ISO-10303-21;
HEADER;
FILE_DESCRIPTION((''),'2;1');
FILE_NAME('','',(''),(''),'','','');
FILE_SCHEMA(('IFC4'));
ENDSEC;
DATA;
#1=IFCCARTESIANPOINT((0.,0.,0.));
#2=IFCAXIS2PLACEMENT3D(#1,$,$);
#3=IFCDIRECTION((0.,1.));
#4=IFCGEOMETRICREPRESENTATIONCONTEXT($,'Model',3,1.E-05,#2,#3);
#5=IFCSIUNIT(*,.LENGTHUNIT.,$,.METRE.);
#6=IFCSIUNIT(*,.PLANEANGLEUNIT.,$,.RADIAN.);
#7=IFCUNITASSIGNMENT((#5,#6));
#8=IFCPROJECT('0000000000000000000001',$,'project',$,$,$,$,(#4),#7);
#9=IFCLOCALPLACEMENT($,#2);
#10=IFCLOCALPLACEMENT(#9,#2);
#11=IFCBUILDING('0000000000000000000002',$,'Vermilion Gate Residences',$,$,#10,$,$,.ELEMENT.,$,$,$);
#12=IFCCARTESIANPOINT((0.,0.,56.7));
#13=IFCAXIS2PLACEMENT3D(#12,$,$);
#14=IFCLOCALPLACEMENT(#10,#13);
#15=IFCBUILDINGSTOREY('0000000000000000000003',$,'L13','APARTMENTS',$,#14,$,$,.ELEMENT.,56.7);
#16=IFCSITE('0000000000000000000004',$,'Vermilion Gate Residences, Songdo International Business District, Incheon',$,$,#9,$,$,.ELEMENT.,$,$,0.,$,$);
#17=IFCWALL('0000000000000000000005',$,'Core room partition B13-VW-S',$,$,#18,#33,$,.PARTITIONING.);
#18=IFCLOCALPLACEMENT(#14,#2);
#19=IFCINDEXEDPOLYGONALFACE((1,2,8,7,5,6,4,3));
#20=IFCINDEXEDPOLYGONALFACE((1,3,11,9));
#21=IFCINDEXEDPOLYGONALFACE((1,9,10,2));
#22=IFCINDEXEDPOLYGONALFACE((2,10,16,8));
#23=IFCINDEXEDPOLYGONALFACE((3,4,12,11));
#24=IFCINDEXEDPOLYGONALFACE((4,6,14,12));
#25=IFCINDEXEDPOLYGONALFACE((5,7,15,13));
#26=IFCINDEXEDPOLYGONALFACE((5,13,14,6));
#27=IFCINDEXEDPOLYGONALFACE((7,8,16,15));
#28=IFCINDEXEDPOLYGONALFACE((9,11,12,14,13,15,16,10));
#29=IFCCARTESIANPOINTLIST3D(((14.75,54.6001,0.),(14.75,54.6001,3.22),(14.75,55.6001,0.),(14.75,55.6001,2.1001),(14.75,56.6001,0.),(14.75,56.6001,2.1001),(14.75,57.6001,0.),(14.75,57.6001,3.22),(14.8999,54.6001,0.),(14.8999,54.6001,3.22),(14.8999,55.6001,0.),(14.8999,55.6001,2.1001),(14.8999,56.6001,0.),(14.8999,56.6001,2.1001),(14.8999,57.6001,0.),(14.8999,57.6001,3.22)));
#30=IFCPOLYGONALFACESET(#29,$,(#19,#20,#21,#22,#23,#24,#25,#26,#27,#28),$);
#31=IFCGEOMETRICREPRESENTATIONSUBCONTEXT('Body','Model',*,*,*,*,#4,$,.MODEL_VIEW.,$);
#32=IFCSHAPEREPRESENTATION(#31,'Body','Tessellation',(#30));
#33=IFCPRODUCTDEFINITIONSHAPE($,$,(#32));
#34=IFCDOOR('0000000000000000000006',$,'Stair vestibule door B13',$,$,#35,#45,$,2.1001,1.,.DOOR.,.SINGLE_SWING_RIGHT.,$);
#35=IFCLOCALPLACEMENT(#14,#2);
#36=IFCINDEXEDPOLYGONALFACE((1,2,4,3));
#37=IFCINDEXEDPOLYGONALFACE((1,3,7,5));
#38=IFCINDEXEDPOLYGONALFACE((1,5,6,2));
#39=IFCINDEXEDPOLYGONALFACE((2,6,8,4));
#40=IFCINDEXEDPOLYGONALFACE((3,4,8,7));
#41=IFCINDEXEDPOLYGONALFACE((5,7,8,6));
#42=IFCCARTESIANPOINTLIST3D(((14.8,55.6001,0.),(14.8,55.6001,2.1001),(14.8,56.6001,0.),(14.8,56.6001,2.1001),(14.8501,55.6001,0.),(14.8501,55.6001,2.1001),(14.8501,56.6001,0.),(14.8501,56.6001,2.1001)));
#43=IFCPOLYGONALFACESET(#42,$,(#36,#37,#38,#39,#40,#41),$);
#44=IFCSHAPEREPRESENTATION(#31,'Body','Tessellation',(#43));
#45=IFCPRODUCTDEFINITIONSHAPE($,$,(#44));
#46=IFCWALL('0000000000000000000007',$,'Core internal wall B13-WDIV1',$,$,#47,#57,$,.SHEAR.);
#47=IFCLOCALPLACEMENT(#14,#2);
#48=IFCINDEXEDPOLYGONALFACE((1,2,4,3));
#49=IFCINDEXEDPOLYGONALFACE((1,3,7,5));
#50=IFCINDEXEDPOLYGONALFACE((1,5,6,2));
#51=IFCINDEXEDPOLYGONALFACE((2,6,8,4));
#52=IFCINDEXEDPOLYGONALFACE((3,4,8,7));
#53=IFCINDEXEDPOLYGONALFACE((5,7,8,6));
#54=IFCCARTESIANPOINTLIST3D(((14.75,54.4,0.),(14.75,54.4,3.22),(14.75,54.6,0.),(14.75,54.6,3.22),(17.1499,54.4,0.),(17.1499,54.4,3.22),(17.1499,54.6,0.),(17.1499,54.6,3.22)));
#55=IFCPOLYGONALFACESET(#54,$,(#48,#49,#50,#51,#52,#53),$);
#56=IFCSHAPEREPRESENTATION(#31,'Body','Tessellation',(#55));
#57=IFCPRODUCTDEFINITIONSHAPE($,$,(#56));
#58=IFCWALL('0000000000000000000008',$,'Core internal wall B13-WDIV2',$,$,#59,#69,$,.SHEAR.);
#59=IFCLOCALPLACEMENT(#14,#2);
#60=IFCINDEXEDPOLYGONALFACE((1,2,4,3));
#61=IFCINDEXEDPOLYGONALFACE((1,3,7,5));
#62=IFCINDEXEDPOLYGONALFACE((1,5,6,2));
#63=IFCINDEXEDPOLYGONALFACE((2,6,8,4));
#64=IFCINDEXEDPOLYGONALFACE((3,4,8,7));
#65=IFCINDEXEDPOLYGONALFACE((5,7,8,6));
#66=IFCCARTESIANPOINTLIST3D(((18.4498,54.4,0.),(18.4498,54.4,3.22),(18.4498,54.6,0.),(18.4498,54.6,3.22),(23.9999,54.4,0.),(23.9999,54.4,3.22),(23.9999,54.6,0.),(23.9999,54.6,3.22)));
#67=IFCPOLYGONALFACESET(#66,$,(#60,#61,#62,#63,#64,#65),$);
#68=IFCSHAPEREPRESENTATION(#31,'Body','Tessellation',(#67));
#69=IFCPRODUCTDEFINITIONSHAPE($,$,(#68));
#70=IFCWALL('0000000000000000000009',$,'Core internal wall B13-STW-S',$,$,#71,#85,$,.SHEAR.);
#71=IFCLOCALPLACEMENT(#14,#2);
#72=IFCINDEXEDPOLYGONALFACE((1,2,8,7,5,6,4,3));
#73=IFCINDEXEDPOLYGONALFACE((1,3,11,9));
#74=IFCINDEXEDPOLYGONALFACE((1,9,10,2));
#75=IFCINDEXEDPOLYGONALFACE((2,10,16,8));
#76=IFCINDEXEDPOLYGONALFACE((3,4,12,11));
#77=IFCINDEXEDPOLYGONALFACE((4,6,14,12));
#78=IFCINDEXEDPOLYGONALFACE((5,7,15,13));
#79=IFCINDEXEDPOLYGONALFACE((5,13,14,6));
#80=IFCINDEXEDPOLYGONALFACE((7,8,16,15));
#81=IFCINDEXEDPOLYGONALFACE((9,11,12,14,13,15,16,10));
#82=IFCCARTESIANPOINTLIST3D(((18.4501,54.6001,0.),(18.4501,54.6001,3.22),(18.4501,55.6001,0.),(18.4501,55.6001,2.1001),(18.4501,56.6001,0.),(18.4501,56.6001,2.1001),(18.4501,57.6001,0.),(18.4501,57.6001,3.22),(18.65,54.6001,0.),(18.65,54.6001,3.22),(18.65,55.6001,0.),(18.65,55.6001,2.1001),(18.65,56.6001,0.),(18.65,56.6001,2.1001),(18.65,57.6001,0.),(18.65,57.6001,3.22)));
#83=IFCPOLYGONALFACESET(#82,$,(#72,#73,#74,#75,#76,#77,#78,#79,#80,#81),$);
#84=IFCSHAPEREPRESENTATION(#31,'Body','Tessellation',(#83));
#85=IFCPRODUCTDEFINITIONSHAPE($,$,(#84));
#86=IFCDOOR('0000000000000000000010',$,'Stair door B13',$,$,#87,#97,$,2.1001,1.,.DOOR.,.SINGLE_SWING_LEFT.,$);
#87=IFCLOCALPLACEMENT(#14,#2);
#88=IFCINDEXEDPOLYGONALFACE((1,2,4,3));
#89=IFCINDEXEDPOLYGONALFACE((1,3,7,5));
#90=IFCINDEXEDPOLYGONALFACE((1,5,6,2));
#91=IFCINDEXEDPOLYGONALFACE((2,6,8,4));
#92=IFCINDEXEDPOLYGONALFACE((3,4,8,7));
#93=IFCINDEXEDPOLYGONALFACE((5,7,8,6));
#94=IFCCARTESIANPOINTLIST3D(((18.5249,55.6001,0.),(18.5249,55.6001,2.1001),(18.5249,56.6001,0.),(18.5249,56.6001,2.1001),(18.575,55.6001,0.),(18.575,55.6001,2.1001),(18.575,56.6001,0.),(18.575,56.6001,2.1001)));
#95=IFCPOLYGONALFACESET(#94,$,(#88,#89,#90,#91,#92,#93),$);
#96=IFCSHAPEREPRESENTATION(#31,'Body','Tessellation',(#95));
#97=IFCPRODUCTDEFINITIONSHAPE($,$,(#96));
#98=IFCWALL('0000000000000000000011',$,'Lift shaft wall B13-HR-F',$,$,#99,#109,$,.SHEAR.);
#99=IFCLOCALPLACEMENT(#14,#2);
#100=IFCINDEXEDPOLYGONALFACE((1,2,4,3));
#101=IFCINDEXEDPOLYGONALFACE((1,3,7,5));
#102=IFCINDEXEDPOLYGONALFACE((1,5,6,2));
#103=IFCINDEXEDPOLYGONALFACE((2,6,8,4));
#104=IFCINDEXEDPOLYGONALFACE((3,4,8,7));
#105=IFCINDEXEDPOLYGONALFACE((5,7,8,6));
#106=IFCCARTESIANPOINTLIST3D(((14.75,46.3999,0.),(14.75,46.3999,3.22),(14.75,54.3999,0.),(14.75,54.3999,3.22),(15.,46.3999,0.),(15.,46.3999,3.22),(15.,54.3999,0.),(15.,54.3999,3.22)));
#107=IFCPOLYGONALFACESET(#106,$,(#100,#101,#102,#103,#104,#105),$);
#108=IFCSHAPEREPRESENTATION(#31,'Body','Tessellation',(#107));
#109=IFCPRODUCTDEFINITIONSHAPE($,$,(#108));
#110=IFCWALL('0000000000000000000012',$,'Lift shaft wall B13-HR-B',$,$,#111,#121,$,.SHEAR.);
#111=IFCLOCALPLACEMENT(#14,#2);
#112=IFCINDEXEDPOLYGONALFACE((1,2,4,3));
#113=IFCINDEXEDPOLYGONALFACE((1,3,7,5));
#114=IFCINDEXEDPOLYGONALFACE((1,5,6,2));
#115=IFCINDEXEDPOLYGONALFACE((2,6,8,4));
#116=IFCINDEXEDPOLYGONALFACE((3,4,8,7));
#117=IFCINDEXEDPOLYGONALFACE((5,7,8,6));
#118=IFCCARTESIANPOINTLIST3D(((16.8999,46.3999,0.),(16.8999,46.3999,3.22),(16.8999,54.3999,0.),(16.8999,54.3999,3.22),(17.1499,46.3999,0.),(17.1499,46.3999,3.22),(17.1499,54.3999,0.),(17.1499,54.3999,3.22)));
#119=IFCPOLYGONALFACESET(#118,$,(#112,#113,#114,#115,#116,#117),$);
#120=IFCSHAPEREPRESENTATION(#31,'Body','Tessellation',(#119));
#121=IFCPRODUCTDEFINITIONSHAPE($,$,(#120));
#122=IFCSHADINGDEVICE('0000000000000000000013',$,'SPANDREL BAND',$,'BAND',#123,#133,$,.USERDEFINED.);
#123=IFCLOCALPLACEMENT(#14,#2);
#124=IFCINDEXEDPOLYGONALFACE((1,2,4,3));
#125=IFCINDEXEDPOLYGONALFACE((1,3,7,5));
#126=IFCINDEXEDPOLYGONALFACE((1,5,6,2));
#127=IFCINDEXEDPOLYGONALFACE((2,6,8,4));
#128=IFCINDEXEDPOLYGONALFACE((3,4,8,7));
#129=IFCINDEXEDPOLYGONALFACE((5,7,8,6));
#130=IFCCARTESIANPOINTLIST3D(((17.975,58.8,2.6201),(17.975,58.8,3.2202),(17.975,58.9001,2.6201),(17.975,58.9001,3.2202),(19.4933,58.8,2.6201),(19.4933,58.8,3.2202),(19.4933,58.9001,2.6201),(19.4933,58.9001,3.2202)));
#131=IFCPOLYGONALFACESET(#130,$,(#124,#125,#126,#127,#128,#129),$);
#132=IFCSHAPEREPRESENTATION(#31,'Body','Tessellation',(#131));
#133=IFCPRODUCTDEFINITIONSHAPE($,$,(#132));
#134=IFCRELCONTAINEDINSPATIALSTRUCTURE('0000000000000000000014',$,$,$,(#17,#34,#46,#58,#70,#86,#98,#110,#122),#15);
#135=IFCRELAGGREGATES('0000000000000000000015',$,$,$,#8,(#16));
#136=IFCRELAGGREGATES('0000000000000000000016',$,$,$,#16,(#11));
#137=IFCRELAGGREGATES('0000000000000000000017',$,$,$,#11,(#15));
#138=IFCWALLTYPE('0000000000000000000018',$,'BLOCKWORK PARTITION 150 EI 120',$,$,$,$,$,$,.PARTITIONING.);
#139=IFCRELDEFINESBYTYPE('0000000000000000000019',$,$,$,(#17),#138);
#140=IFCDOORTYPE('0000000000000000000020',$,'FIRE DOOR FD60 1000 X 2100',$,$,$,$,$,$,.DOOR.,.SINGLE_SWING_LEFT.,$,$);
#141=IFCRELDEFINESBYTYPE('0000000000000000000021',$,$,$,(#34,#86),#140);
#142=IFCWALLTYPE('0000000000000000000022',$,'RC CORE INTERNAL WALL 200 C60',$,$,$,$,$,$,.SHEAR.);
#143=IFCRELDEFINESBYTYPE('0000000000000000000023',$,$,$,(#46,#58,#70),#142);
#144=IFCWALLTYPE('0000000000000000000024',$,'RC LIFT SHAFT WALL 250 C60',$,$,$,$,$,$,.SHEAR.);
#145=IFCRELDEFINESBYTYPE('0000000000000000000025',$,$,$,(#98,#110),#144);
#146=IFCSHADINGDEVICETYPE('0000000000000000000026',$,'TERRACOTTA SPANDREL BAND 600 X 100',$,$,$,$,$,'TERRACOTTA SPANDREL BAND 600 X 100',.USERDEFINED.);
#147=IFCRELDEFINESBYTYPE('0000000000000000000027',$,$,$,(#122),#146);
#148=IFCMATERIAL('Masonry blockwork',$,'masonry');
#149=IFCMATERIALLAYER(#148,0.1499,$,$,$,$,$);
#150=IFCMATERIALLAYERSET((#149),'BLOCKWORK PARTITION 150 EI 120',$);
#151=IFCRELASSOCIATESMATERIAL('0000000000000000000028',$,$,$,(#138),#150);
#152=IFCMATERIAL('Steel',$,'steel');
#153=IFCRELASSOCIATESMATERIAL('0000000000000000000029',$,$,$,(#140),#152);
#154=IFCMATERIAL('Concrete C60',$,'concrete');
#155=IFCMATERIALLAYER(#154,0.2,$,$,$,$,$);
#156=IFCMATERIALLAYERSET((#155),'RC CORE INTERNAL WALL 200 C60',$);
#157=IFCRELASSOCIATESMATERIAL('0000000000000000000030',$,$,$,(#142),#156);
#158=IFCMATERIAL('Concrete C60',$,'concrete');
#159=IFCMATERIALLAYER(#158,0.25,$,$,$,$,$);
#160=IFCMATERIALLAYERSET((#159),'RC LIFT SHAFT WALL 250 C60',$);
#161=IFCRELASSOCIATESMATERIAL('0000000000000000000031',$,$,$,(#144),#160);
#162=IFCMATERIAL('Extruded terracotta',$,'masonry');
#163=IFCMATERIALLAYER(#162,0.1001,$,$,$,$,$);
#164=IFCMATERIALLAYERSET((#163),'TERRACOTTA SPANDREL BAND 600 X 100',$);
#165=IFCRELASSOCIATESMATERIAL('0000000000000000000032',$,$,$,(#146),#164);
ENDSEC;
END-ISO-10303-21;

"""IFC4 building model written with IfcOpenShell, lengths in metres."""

from ifc_helpers import new_model, si_unit, direction, frame, frame_2d, origin, origin_2d, place, context, subcontext, project, spatial, rectangle, extrude, material, layer, layer_set, type_object, element, fill, save


model = new_model("IFC4")

# Units and contexts
model_context = context("Model", 3, precision=1e-05, world=origin(), true_north=direction((0.0, 1.0)))
body_context = subcontext(model_context, "Body", "Model", "MODEL_VIEW")
ifc_project = project(units=[si_unit("LENGTHUNIT", "METRE"), si_unit("PLANEANGLEUNIT", "RADIAN")], contexts=[model_context])

# Site, building, storey
site_placement = place(None, origin())
site = spatial("IfcSite", under=ifc_project, at=site_placement, Name="Vermilion Gate Residences, Songdo International Business District, Incheon", CompositionType="ELEMENT", RefElevation=0.0)
building_placement = place(site_placement, origin())
building = spatial("IfcBuilding", under=site, at=building_placement, Name="Vermilion Gate Residences", CompositionType="ELEMENT")
storey_placement = place(building_placement, frame((0.0, 0.0, 56.7)))
storey = spatial("IfcBuildingStorey", under=building, at=storey_placement, Name="L13", Description="APARTMENTS", CompositionType="ELEMENT", Elevation=56.7)

# Wall, opening, door
ifc_material_1 = material(Name="Masonry blockwork", Category="masonry")
ifc_layer_1 = layer(ifc_material_1, 0.1499)
ifc_layer_set_1 = layer_set([ifc_layer_1], Name="BLOCKWORK PARTITION 150 EI 120")
wall_type_1 = type_object("IfcWallType", Name="BLOCKWORK PARTITION 150 EI 120", PredefinedType="PARTITIONING", material=ifc_layer_set_1)
wall_1_placement = place(storey_placement, frame((14.825, 57.6001, 0.0), z_axis=(0.0, 0.0, 1.0), x_axis=(0.0, -1.0, 0.0)))
wall_1 = element("IfcWall", 1, at=wall_1_placement, inside=storey, type_object=wall_type_1, Name="Core room partition B13-VW-S", PredefinedType="PARTITIONING", context=body_context, shape_type="SweptSolid", body=[
    extrude(rectangle(XDim=3.0, YDim=0.1499, at=frame_2d((1.5, 0.0))), origin(), (0.0, 0.0, 1.0), 3.22),
])
opening_1_placement = place(wall_1_placement, frame((1.0, 0.0, 0.0)))
opening_1 = element("IfcOpeningElement", 2, at=opening_1_placement, cuts=wall_1, PredefinedType="OPENING", context=body_context, shape_type="SweptSolid", body=[
    extrude(rectangle(XDim=1.0, YDim=2.1001, at=frame_2d((0.5, 1.05))), frame((0.0, 0.085, 0.0), z_axis=(0.0, -1.0, 0.0), x_axis=(1.0, 0.0, 0.0)), (0.0, 0.0, 1.0), 0.1699),
])
ifc_material_2 = material(Name="Steel", Category="steel")
door_type = type_object("IfcDoorType", Name="FIRE DOOR FD60 1000 X 2100", OperationType="SINGLE_SWING_LEFT", PredefinedType="DOOR", material=ifc_material_2)
door_1_placement = place(opening_1_placement, frame((1.0, 0.0, 0.0), z_axis=(0.0, 0.0, 1.0), x_axis=(-1.0, 0.0, 0.0)))
door_1 = element("IfcDoor", 3, at=door_1_placement, inside=storey, type_object=door_type, Name="Stair vestibule door B13", OperationType="SINGLE_SWING_RIGHT", OverallHeight=2.1001, OverallWidth=1.0, PredefinedType="DOOR", context=body_context, shape_type="SweptSolid", body=[
    extrude(rectangle(XDim=1.0, YDim=2.1001, at=frame_2d((0.5, 1.05))), frame((0.0, 0.0249, 0.0), z_axis=(0.0, -1.0, 0.0), x_axis=(1.0, 0.0, 0.0)), (0.0, 0.0, 1.0), 0.05),
])
fill(opening_1, door_1)

# Walls
ifc_material_3 = material(Name="Concrete C60", Category="concrete")
ifc_layer_2 = layer(ifc_material_3, 0.2)
ifc_layer_set_2 = layer_set([ifc_layer_2], Name="RC CORE INTERNAL WALL 200 C60")
wall_type_2 = type_object("IfcWallType", Name="RC CORE INTERNAL WALL 200 C60", PredefinedType="SHEAR", material=ifc_layer_set_2)
wall_2_placement = place(storey_placement, frame((14.75, 54.5, 0.0), z_axis=(0.0, 0.0, 1.0), x_axis=(1.0, 0.0, 0.0)))
element("IfcWall", 4, at=wall_2_placement, inside=storey, type_object=wall_type_2, Name="Core internal wall B13-WDIV1", PredefinedType="SHEAR", context=body_context, shape_type="SweptSolid", body=[
    extrude(rectangle(XDim=2.3999, YDim=0.2, at=frame_2d((1.2, 0.0))), origin(), (0.0, 0.0, 1.0), 3.22),
])
wall_3_placement = place(storey_placement, frame((18.45, 54.5, 0.0), z_axis=(0.0, 0.0, 1.0), x_axis=(1.0, 0.0, 0.0)))
element("IfcWall", 5, at=wall_3_placement, inside=storey, type_object=wall_type_2, Name="Core internal wall B13-WDIV2", PredefinedType="SHEAR", context=body_context, shape_type="SweptSolid", body=[
    extrude(rectangle(XDim=5.55, YDim=0.2, at=frame_2d((2.7749, 0.0))), origin(), (0.0, 0.0, 1.0), 3.22),
])

# Wall, opening, door
wall_4_placement = place(storey_placement, frame((18.55, 57.6001, 0.0), z_axis=(0.0, 0.0, 1.0), x_axis=(0.0, -1.0, 0.0)))
wall_4 = element("IfcWall", 6, at=wall_4_placement, inside=storey, type_object=wall_type_2, Name="Core internal wall B13-STW-S", PredefinedType="SHEAR", context=body_context, shape_type="SweptSolid", body=[
    extrude(rectangle(XDim=3.0, YDim=0.2, at=frame_2d((1.5, 0.0))), origin(), (0.0, 0.0, 1.0), 3.22),
])
opening_2_placement = place(wall_4_placement, frame((1.0, 0.0, 0.0)))
opening_2 = element("IfcOpeningElement", 7, at=opening_2_placement, cuts=wall_4, PredefinedType="OPENING", context=body_context, shape_type="SweptSolid", body=[
    extrude(rectangle(XDim=1.0, YDim=2.1001, at=frame_2d((0.5, 1.05))), frame((0.0, 0.1099, 0.0), z_axis=(0.0, -1.0, 0.0), x_axis=(1.0, 0.0, 0.0)), (0.0, 0.0, 1.0), 0.22),
])
door_2_placement = place(opening_2_placement, origin())
door_2 = element("IfcDoor", 8, at=door_2_placement, inside=storey, type_object=door_type, Name="Stair door B13", OperationType="SINGLE_SWING_LEFT", OverallHeight=2.1001, OverallWidth=1.0, PredefinedType="DOOR", context=body_context, shape_type="SweptSolid", body=[
    extrude(rectangle(XDim=1.0, YDim=2.1001, at=frame_2d((0.5, 1.05))), frame((0.0, 0.0249, 0.0), z_axis=(0.0, -1.0, 0.0), x_axis=(1.0, 0.0, 0.0)), (0.0, 0.0, 1.0), 0.05),
])
fill(opening_2, door_2)

# Walls
ifc_material_4 = material(Name="Concrete C60", Category="concrete")
ifc_layer_3 = layer(ifc_material_4, 0.25)
ifc_layer_set_3 = layer_set([ifc_layer_3], Name="RC LIFT SHAFT WALL 250 C60")
wall_type_3 = type_object("IfcWallType", Name="RC LIFT SHAFT WALL 250 C60", PredefinedType="SHEAR", material=ifc_layer_set_3)
for number, where, z_axis, x_axis, name in (
    (9, (14.875, 54.3999, 0.0), (0.0, 0.0, 1.0), (0.0, -1.0, 0.0), "Lift shaft wall B13-HR-F"),
    (10, (17.0249, 54.3999, 0.0), (0.0, 0.0, 1.0), (0.0, -1.0, 0.0), "Lift shaft wall B13-HR-B"),
):
    element("IfcWall", number, at=place(storey_placement, frame(where, z_axis=z_axis, x_axis=x_axis)), inside=storey, type_object=wall_type_3, Name=name, PredefinedType="SHEAR", context=body_context, shape_type="SweptSolid", body=[
        extrude(rectangle(XDim=8.0, YDim=0.25, at=frame_2d((4.0, 0.0))), origin(), (0.0, 0.0, 1.0), 3.22),
    ])

# Shading device
ifc_material_5 = material(Name="Extruded terracotta", Category="masonry")
ifc_layer_4 = layer(ifc_material_5, 0.1001)
ifc_layer_set_4 = layer_set([ifc_layer_4], Name="TERRACOTTA SPANDREL BAND 600 X 100")
shading_device_type = type_object("IfcShadingDeviceType", Name="TERRACOTTA SPANDREL BAND 600 X 100", ElementType="TERRACOTTA SPANDREL BAND 600 X 100", PredefinedType="USERDEFINED", material=ifc_layer_set_4)
shading_device_placement = place(storey_placement, frame((18.7341, 58.8501, 2.6201), z_axis=(0.0, 0.0, 1.0), x_axis=(1.0, 0.0, 0.0)))
element("IfcShadingDevice", 11, at=shading_device_placement, inside=storey, type_object=shading_device_type, Name="SPANDREL BAND", ObjectType="BAND", PredefinedType="USERDEFINED", context=body_context, shape_type="SweptSolid", body=[
    extrude(rectangle(XDim=1.5183, YDim=0.1001, at=origin_2d()), origin(), (0.0, 0.0, 1.0), 0.6001),
])

save(model, "model.ifc")
